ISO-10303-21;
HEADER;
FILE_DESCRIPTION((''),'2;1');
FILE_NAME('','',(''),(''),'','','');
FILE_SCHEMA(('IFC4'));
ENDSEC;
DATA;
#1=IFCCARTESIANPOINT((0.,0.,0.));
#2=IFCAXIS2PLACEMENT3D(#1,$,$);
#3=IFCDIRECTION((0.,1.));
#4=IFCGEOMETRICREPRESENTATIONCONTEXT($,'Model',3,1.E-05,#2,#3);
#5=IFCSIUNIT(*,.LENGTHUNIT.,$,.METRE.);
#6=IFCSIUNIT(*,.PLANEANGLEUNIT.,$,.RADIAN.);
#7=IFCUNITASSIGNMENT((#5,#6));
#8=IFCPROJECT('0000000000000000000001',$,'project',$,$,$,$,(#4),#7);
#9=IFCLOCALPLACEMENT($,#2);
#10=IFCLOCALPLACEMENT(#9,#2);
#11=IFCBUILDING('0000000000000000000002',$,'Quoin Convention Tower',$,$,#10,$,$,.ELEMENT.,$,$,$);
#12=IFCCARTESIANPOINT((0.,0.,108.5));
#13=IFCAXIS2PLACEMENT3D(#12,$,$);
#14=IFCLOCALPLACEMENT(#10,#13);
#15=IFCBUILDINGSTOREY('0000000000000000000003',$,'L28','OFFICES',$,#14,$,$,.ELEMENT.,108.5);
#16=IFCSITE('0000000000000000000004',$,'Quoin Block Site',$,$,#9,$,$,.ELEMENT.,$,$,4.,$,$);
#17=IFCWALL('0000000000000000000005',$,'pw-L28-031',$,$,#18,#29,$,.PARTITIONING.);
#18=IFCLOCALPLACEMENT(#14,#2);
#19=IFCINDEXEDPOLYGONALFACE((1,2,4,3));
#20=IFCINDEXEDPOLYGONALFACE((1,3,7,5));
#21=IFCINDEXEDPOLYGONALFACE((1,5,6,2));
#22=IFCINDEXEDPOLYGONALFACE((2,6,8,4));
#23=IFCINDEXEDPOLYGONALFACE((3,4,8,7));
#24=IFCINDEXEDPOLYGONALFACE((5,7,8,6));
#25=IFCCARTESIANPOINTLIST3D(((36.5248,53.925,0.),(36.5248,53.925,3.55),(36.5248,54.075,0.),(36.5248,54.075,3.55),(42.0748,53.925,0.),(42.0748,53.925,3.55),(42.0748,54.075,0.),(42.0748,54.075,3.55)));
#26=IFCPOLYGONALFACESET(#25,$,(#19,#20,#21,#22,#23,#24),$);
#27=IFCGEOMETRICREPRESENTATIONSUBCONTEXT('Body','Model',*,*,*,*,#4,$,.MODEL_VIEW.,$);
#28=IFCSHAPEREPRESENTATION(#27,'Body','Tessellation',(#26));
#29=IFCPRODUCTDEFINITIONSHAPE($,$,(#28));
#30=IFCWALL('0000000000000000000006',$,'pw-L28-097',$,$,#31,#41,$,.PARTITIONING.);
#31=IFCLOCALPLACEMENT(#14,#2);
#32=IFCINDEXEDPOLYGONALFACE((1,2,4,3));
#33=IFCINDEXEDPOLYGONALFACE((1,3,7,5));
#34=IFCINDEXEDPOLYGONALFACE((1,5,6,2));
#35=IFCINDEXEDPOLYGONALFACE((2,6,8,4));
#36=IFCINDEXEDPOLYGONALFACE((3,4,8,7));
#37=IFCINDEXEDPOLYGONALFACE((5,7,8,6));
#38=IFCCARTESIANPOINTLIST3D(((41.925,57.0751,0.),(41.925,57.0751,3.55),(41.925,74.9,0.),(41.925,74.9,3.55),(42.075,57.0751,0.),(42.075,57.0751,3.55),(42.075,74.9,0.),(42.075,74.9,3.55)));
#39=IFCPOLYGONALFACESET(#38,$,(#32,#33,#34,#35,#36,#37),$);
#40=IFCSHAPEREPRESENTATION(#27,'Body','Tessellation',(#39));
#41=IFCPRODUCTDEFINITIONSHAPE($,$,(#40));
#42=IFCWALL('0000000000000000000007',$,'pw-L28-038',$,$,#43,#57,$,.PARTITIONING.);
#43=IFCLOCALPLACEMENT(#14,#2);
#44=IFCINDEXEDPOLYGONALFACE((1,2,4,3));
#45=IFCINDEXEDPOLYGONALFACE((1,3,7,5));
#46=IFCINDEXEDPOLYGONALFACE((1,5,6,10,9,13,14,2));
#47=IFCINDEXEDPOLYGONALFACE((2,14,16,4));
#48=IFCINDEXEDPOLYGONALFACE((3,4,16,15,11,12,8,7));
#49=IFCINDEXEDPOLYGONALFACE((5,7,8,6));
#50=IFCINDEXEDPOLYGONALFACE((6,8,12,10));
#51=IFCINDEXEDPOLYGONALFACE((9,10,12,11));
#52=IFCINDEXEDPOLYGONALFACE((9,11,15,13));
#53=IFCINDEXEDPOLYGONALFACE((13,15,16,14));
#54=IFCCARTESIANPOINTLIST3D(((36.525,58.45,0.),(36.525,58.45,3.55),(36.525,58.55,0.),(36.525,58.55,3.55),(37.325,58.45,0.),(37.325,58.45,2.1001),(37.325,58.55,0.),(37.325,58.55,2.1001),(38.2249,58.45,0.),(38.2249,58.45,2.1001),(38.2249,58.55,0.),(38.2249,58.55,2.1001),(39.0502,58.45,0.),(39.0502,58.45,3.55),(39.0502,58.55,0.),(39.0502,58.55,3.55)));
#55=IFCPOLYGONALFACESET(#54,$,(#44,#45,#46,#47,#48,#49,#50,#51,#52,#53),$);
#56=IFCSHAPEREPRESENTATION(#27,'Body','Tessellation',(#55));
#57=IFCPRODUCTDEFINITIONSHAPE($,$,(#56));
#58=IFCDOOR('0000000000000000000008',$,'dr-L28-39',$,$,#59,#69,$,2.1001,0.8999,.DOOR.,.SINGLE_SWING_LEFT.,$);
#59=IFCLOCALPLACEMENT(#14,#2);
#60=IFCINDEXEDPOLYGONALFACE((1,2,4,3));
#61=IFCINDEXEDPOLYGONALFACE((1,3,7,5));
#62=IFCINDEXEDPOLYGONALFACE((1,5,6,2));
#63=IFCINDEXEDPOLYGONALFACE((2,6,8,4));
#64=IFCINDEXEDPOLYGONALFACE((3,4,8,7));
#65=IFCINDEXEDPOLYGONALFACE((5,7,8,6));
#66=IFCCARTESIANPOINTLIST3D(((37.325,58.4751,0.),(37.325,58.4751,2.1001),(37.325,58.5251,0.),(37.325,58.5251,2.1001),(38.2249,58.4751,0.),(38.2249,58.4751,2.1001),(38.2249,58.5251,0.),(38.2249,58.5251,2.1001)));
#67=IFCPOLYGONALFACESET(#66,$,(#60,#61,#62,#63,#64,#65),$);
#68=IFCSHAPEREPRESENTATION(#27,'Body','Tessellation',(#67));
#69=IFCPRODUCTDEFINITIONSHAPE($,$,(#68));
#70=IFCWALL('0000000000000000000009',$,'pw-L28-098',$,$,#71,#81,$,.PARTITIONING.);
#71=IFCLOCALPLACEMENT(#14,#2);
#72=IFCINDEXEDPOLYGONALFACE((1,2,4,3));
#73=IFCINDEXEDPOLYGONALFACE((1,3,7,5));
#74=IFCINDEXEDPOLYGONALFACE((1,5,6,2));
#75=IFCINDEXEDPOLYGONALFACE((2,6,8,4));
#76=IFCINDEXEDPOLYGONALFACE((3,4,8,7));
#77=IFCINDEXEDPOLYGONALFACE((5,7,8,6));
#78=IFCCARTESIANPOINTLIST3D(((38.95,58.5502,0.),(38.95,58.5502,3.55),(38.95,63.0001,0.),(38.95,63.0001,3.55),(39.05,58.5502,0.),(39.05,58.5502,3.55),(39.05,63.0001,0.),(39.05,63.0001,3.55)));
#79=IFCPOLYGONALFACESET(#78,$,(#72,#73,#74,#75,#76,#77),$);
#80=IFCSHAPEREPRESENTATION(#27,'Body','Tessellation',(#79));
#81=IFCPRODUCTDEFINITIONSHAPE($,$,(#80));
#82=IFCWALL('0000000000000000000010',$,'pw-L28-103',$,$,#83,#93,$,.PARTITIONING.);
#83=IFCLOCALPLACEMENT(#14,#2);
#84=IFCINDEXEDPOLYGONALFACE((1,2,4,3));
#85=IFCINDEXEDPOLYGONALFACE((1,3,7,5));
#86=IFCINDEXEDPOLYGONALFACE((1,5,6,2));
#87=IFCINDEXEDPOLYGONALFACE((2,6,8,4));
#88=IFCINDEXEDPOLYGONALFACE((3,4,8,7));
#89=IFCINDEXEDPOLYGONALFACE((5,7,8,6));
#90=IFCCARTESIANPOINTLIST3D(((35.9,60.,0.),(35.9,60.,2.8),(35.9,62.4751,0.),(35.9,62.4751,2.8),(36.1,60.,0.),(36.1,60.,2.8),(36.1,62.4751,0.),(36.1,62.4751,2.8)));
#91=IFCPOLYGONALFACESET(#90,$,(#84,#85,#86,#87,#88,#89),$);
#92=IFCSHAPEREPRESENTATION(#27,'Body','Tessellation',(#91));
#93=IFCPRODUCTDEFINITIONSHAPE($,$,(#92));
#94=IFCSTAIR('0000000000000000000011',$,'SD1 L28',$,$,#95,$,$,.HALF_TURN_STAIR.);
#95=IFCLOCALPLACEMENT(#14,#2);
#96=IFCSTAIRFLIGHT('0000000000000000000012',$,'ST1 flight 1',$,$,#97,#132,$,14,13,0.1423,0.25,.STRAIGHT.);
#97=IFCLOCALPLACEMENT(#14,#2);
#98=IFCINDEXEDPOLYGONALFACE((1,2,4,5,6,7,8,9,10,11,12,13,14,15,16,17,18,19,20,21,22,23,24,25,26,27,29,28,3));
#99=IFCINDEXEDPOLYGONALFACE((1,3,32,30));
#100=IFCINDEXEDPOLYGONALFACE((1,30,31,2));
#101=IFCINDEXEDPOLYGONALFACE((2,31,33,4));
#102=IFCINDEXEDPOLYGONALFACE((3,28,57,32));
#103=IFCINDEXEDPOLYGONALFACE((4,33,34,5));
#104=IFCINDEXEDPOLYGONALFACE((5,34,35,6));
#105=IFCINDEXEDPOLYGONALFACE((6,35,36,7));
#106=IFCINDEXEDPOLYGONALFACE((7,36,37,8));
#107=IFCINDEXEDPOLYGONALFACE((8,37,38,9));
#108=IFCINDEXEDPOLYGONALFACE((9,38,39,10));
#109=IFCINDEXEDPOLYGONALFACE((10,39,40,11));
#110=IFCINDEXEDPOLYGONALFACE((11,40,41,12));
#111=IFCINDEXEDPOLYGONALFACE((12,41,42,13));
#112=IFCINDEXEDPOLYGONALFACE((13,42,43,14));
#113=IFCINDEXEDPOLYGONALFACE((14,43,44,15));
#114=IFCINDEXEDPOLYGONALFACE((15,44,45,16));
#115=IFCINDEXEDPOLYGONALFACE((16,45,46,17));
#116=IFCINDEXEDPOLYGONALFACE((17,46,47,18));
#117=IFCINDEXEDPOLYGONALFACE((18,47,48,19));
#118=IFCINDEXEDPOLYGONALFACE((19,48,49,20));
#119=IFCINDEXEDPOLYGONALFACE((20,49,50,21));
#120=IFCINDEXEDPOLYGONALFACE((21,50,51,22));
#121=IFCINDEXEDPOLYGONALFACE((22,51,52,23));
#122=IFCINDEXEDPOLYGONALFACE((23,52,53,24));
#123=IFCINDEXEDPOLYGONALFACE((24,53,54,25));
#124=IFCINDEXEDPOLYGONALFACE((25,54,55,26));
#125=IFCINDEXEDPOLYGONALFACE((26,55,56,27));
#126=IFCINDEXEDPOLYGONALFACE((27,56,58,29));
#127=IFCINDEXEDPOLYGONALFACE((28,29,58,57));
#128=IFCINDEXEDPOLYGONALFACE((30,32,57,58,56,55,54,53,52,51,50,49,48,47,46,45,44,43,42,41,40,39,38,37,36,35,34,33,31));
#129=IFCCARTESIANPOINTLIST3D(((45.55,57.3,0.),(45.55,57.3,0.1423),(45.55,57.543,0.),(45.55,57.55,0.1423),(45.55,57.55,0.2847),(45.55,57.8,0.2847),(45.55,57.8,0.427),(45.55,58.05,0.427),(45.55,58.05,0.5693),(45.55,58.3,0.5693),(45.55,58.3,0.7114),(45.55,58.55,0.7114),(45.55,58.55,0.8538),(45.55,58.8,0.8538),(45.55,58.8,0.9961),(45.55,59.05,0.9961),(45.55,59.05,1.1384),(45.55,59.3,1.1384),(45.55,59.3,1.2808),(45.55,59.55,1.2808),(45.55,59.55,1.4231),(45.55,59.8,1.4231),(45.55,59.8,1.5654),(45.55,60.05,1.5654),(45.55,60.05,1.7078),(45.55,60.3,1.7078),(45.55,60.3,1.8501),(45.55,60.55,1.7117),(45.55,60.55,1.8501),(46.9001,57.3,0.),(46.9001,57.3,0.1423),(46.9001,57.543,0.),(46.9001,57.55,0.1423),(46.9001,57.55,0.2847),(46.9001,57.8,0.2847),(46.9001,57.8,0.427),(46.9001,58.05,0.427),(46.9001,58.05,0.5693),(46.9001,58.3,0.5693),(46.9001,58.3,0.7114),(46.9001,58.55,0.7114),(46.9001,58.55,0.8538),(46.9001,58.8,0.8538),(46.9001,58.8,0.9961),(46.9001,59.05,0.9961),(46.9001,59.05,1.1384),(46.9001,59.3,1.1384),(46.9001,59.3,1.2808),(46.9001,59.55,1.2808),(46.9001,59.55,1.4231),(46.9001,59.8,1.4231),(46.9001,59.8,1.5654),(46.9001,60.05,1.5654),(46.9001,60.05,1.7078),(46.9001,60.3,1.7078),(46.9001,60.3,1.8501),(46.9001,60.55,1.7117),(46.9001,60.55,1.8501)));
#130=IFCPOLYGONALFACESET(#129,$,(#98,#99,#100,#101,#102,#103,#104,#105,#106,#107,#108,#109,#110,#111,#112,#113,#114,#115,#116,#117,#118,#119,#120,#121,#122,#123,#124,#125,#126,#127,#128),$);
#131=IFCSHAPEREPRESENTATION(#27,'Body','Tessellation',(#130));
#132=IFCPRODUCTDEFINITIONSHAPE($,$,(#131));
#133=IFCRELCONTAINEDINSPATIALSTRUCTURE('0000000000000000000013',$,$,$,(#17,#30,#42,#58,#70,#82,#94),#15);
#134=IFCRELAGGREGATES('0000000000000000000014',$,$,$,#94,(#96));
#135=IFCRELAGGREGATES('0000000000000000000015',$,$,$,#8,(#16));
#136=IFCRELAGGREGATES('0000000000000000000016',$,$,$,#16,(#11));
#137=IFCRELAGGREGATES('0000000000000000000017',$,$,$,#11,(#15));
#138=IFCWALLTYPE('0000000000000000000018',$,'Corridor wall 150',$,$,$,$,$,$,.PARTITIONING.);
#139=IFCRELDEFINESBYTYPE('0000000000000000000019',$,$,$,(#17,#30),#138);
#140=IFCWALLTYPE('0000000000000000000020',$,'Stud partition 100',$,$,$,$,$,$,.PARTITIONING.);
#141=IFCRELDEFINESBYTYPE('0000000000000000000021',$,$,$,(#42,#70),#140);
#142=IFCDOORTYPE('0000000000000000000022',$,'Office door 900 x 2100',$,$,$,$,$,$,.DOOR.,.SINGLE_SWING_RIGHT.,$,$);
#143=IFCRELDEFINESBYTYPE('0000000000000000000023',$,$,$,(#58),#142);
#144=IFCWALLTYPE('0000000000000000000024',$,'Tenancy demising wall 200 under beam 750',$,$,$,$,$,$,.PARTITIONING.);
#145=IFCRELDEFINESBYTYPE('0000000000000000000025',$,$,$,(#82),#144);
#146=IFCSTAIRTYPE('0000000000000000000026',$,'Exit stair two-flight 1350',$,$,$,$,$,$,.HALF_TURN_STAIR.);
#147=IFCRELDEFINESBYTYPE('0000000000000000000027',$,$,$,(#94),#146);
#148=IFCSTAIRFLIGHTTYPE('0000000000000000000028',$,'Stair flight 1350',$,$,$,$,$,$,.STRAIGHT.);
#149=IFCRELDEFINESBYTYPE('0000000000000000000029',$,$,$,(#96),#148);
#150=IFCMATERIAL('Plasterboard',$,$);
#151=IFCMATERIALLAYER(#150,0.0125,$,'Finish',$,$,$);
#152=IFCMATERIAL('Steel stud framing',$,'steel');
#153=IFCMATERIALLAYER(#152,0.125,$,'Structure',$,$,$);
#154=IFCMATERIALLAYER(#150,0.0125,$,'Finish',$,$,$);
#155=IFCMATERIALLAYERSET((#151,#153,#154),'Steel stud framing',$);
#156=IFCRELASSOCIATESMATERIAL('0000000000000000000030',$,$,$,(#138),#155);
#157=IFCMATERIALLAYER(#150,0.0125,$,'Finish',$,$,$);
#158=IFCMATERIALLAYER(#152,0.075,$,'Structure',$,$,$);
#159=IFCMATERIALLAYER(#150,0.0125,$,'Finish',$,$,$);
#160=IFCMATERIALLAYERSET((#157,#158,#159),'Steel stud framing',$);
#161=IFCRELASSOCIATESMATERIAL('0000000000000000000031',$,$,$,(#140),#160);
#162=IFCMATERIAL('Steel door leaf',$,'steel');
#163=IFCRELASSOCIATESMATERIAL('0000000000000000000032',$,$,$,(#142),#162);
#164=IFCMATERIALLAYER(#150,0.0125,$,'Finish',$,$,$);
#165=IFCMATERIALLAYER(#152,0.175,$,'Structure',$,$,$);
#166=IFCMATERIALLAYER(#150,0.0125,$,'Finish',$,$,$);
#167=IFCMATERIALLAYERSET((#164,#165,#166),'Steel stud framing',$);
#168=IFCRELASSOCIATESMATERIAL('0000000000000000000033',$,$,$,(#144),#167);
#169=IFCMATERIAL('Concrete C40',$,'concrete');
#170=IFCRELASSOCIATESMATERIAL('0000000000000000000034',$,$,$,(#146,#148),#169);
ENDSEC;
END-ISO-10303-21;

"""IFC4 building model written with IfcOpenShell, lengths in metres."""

from ifc_helpers import new_model, si_unit, direction, frame, frame_2d, origin, place, context, subcontext, project, spatial, polyline, rectangle, outline, extrude, material, layer, layer_set, type_object, element, fill, aggregate, save


model = new_model("IFC4")

# Units and contexts
model_context = context("Model", 3, precision=1e-05, world=origin(), true_north=direction((0.0, 1.0)))
body_context = subcontext(model_context, "Body", "Model", "MODEL_VIEW")
ifc_project = project(units=[si_unit("LENGTHUNIT", "METRE"), si_unit("PLANEANGLEUNIT", "RADIAN")], contexts=[model_context])

# Site, building, storey
site_placement = place(None, origin())
site = spatial("IfcSite", under=ifc_project, at=site_placement, Name="Quoin Block Site", CompositionType="ELEMENT", RefElevation=4.0)
building_placement = place(site_placement, origin())
building = spatial("IfcBuilding", under=site, at=building_placement, Name="Quoin Convention Tower", CompositionType="ELEMENT")
storey_placement = place(building_placement, frame((0.0, 0.0, 108.5)))
storey = spatial("IfcBuildingStorey", under=building, at=storey_placement, Name="L28", Description="OFFICES", CompositionType="ELEMENT", Elevation=108.5)

# Shared definitions
ifc_material_1 = material(Name="Plasterboard")
ifc_material_2 = material(Name="Steel stud framing", Category="steel")
ifc_material_3 = material(Name="Steel door leaf", Category="steel")

# Walls
ifc_layer_1 = layer(ifc_material_1, 0.0125, Name="Finish")
ifc_layer_2 = layer(ifc_material_2, 0.125, Name="Structure")
ifc_layer_3 = layer(ifc_material_1, 0.0125, Name="Finish")
ifc_layer_set_1 = layer_set([ifc_layer_1, ifc_layer_2, ifc_layer_3], Name="Steel stud framing")
wall_type_1 = type_object("IfcWallType", Name="Corridor wall 150", PredefinedType="PARTITIONING", material=ifc_layer_set_1)
wall_1_placement = place(storey_placement, frame((36.5249, 54.0, 0.0), z_axis=(0.0, 0.0, 1.0), x_axis=(1.0, 0.0, 0.0)))
element("IfcWall", 1, at=wall_1_placement, inside=storey, type_object=wall_type_1, Name="pw-L28-031", PredefinedType="PARTITIONING", context=body_context, shape_type="SweptSolid", body=[
    extrude(rectangle(XDim=5.55, YDim=0.1499, at=frame_2d((2.7749, 0.0))), origin(), (0.0, 0.0, 1.0), 3.55),
])
wall_2_placement = place(storey_placement, frame((42.0, 57.075, 0.0), z_axis=(0.0, 0.0, 1.0), x_axis=(0.0, 1.0, 0.0)))
element("IfcWall", 2, at=wall_2_placement, inside=storey, type_object=wall_type_1, Name="pw-L28-097", PredefinedType="PARTITIONING", context=body_context, shape_type="SweptSolid", body=[
    extrude(rectangle(XDim=17.825, YDim=0.1499, at=frame_2d((8.9126, 0.0))), origin(), (0.0, 0.0, 1.0), 3.55),
])

# Wall, opening, door
ifc_layer_4 = layer(ifc_material_1, 0.0125, Name="Finish")
ifc_layer_5 = layer(ifc_material_2, 0.075, Name="Structure")
ifc_layer_6 = layer(ifc_material_1, 0.0125, Name="Finish")
ifc_layer_set_2 = layer_set([ifc_layer_4, ifc_layer_5, ifc_layer_6], Name="Steel stud framing")
wall_type_2 = type_object("IfcWallType", Name="Stud partition 100", PredefinedType="PARTITIONING", material=ifc_layer_set_2)
wall_3_placement = place(storey_placement, frame((36.5249, 58.5, 0.0), z_axis=(0.0, 0.0, 1.0), x_axis=(1.0, 0.0, 0.0)))
wall_3 = element("IfcWall", 3, at=wall_3_placement, inside=storey, type_object=wall_type_2, Name="pw-L28-038", PredefinedType="PARTITIONING", context=body_context, shape_type="SweptSolid", body=[
    extrude(rectangle(XDim=2.5251, YDim=0.1001, at=frame_2d((1.2627, 0.0))), origin(), (0.0, 0.0, 1.0), 3.55),
])
opening_1_placement = place(wall_3_placement, frame((0.8, 0.0, 0.0)))
opening_1 = element("IfcOpeningElement", 4, at=opening_1_placement, cuts=wall_3, PredefinedType="OPENING", context=body_context, shape_type="SweptSolid", body=[
    extrude(rectangle(XDim=0.8999, YDim=2.1001, at=frame_2d((0.45, 1.05))), frame((0.0, 0.0601, 0.0), z_axis=(0.0, -1.0, 0.0), x_axis=(1.0, 0.0, 0.0)), (0.0, 0.0, 1.0), 0.1201),
])
door_type_1 = type_object("IfcDoorType", Name="Office door 900 x 2100", OperationType="SINGLE_SWING_RIGHT", PredefinedType="DOOR", material=ifc_material_3)
door_1_placement = place(opening_1_placement, frame((0.8999, 0.0, 0.0), z_axis=(0.0, 0.0, 1.0), x_axis=(-1.0, 0.0, 0.0)))
door_1 = element("IfcDoor", 5, at=door_1_placement, inside=storey, type_object=door_type_1, Name="dr-L28-39", OperationType="SINGLE_SWING_LEFT", OverallHeight=2.1001, OverallWidth=0.8999, PredefinedType="DOOR", context=body_context, shape_type="SweptSolid", body=[
    extrude(rectangle(XDim=0.8999, YDim=2.1001, at=frame_2d((0.45, 1.05))), frame((0.0, 0.0249, 0.0), z_axis=(0.0, -1.0, 0.0), x_axis=(1.0, 0.0, 0.0)), (0.0, 0.0, 1.0), 0.05),
])
fill(opening_1, door_1)

# Walls
wall_4_placement = place(storey_placement, frame((39.0, 58.55, 0.0), z_axis=(0.0, 0.0, 1.0), x_axis=(0.0, 1.0, 0.0)))
element("IfcWall", 6, at=wall_4_placement, inside=storey, type_object=wall_type_2, Name="pw-L28-098", PredefinedType="PARTITIONING", context=body_context, shape_type="SweptSolid", body=[
    extrude(rectangle(XDim=4.45, YDim=0.1001, at=frame_2d((2.2251, 0.0))), origin(), (0.0, 0.0, 1.0), 3.55),
])
ifc_layer_7 = layer(ifc_material_1, 0.0125, Name="Finish")
ifc_layer_8 = layer(ifc_material_2, 0.175, Name="Structure")
ifc_layer_9 = layer(ifc_material_1, 0.0125, Name="Finish")
ifc_layer_set_3 = layer_set([ifc_layer_7, ifc_layer_8, ifc_layer_9], Name="Steel stud framing")
wall_type_3 = type_object("IfcWallType", Name="Tenancy demising wall 200 under beam 750", PredefinedType="PARTITIONING", material=ifc_layer_set_3)
wall_5_placement = place(storey_placement, frame((36.0, 60.0, 0.0), z_axis=(0.0, 0.0, 1.0), x_axis=(0.0, 1.0, 0.0)))
element("IfcWall", 7, at=wall_5_placement, inside=storey, type_object=wall_type_3, Name="pw-L28-103", PredefinedType="PARTITIONING", context=body_context, shape_type="SweptSolid", body=[
    extrude(rectangle(XDim=2.4751, YDim=0.2, at=frame_2d((1.2375, 0.0))), origin(), (0.0, 0.0, 1.0), 2.8),
])

# Stair, stair flight
ifc_material_4 = material(Name="Concrete C40", Category="concrete")
stair_type = type_object("IfcStairType", Name="Exit stair two-flight 1350", PredefinedType="HALF_TURN_STAIR", material=ifc_material_4)
stair_placement = place(storey_placement, origin())
stair = element("IfcStair", 8, at=stair_placement, inside=storey, type_object=stair_type, Name="SD1 L28", PredefinedType="HALF_TURN_STAIR")
stair_flight_type = type_object("IfcStairFlightType", Name="Stair flight 1350", PredefinedType="STRAIGHT", material=ifc_material_4)
stair_flight_placement = place(storey_placement, frame((46.2251, 57.3, 0.0), z_axis=(0.0, 0.0, 1.0), x_axis=(0.0, 1.0, 0.0)))
stair_flight = element("IfcStairFlight", 9, at=stair_flight_placement, type_object=stair_flight_type, Name="ST1 flight 1", NumberOfRisers=14, NumberOfTreads=13, PredefinedType="STRAIGHT", RiserHeight=0.1423, TreadLength=0.25, context=body_context, shape_type="SweptSolid", body=[
    extrude(outline(polyline([(0.0, 0.0), (0.0, 0.1423), (0.25, 0.1423), (0.25, 0.2847), (0.5, 0.2847), (0.5, 0.427), (0.75, 0.427), (0.75, 0.5693), (1.0, 0.5693), (1.0, 0.7114), (1.25, 0.7114), (1.25, 0.8538), (1.5, 0.8538), (1.5, 0.9961), (1.75, 0.9961), (1.75, 1.1384), (2.0, 1.1384), (2.0, 1.2808), (2.25, 1.2808), (2.25, 1.4231), (2.5, 1.4231), (2.5, 1.5654), (2.75, 1.5654), (2.75, 1.7078), (3.0, 1.7078), (3.0, 1.8501), (3.25, 1.8501), (3.25, 1.9922), (3.25, 1.7117), (0.2429, 0.0), (0.0, 0.0)])), frame((0.0, 0.675, 0.0), z_axis=(0.0, -1.0, 0.0), x_axis=(1.0, 0.0, 0.0)), (0.0, 0.0, 1.0), 1.3501),
])
aggregate(stair, [stair_flight])

save(model, "model.ifc")
